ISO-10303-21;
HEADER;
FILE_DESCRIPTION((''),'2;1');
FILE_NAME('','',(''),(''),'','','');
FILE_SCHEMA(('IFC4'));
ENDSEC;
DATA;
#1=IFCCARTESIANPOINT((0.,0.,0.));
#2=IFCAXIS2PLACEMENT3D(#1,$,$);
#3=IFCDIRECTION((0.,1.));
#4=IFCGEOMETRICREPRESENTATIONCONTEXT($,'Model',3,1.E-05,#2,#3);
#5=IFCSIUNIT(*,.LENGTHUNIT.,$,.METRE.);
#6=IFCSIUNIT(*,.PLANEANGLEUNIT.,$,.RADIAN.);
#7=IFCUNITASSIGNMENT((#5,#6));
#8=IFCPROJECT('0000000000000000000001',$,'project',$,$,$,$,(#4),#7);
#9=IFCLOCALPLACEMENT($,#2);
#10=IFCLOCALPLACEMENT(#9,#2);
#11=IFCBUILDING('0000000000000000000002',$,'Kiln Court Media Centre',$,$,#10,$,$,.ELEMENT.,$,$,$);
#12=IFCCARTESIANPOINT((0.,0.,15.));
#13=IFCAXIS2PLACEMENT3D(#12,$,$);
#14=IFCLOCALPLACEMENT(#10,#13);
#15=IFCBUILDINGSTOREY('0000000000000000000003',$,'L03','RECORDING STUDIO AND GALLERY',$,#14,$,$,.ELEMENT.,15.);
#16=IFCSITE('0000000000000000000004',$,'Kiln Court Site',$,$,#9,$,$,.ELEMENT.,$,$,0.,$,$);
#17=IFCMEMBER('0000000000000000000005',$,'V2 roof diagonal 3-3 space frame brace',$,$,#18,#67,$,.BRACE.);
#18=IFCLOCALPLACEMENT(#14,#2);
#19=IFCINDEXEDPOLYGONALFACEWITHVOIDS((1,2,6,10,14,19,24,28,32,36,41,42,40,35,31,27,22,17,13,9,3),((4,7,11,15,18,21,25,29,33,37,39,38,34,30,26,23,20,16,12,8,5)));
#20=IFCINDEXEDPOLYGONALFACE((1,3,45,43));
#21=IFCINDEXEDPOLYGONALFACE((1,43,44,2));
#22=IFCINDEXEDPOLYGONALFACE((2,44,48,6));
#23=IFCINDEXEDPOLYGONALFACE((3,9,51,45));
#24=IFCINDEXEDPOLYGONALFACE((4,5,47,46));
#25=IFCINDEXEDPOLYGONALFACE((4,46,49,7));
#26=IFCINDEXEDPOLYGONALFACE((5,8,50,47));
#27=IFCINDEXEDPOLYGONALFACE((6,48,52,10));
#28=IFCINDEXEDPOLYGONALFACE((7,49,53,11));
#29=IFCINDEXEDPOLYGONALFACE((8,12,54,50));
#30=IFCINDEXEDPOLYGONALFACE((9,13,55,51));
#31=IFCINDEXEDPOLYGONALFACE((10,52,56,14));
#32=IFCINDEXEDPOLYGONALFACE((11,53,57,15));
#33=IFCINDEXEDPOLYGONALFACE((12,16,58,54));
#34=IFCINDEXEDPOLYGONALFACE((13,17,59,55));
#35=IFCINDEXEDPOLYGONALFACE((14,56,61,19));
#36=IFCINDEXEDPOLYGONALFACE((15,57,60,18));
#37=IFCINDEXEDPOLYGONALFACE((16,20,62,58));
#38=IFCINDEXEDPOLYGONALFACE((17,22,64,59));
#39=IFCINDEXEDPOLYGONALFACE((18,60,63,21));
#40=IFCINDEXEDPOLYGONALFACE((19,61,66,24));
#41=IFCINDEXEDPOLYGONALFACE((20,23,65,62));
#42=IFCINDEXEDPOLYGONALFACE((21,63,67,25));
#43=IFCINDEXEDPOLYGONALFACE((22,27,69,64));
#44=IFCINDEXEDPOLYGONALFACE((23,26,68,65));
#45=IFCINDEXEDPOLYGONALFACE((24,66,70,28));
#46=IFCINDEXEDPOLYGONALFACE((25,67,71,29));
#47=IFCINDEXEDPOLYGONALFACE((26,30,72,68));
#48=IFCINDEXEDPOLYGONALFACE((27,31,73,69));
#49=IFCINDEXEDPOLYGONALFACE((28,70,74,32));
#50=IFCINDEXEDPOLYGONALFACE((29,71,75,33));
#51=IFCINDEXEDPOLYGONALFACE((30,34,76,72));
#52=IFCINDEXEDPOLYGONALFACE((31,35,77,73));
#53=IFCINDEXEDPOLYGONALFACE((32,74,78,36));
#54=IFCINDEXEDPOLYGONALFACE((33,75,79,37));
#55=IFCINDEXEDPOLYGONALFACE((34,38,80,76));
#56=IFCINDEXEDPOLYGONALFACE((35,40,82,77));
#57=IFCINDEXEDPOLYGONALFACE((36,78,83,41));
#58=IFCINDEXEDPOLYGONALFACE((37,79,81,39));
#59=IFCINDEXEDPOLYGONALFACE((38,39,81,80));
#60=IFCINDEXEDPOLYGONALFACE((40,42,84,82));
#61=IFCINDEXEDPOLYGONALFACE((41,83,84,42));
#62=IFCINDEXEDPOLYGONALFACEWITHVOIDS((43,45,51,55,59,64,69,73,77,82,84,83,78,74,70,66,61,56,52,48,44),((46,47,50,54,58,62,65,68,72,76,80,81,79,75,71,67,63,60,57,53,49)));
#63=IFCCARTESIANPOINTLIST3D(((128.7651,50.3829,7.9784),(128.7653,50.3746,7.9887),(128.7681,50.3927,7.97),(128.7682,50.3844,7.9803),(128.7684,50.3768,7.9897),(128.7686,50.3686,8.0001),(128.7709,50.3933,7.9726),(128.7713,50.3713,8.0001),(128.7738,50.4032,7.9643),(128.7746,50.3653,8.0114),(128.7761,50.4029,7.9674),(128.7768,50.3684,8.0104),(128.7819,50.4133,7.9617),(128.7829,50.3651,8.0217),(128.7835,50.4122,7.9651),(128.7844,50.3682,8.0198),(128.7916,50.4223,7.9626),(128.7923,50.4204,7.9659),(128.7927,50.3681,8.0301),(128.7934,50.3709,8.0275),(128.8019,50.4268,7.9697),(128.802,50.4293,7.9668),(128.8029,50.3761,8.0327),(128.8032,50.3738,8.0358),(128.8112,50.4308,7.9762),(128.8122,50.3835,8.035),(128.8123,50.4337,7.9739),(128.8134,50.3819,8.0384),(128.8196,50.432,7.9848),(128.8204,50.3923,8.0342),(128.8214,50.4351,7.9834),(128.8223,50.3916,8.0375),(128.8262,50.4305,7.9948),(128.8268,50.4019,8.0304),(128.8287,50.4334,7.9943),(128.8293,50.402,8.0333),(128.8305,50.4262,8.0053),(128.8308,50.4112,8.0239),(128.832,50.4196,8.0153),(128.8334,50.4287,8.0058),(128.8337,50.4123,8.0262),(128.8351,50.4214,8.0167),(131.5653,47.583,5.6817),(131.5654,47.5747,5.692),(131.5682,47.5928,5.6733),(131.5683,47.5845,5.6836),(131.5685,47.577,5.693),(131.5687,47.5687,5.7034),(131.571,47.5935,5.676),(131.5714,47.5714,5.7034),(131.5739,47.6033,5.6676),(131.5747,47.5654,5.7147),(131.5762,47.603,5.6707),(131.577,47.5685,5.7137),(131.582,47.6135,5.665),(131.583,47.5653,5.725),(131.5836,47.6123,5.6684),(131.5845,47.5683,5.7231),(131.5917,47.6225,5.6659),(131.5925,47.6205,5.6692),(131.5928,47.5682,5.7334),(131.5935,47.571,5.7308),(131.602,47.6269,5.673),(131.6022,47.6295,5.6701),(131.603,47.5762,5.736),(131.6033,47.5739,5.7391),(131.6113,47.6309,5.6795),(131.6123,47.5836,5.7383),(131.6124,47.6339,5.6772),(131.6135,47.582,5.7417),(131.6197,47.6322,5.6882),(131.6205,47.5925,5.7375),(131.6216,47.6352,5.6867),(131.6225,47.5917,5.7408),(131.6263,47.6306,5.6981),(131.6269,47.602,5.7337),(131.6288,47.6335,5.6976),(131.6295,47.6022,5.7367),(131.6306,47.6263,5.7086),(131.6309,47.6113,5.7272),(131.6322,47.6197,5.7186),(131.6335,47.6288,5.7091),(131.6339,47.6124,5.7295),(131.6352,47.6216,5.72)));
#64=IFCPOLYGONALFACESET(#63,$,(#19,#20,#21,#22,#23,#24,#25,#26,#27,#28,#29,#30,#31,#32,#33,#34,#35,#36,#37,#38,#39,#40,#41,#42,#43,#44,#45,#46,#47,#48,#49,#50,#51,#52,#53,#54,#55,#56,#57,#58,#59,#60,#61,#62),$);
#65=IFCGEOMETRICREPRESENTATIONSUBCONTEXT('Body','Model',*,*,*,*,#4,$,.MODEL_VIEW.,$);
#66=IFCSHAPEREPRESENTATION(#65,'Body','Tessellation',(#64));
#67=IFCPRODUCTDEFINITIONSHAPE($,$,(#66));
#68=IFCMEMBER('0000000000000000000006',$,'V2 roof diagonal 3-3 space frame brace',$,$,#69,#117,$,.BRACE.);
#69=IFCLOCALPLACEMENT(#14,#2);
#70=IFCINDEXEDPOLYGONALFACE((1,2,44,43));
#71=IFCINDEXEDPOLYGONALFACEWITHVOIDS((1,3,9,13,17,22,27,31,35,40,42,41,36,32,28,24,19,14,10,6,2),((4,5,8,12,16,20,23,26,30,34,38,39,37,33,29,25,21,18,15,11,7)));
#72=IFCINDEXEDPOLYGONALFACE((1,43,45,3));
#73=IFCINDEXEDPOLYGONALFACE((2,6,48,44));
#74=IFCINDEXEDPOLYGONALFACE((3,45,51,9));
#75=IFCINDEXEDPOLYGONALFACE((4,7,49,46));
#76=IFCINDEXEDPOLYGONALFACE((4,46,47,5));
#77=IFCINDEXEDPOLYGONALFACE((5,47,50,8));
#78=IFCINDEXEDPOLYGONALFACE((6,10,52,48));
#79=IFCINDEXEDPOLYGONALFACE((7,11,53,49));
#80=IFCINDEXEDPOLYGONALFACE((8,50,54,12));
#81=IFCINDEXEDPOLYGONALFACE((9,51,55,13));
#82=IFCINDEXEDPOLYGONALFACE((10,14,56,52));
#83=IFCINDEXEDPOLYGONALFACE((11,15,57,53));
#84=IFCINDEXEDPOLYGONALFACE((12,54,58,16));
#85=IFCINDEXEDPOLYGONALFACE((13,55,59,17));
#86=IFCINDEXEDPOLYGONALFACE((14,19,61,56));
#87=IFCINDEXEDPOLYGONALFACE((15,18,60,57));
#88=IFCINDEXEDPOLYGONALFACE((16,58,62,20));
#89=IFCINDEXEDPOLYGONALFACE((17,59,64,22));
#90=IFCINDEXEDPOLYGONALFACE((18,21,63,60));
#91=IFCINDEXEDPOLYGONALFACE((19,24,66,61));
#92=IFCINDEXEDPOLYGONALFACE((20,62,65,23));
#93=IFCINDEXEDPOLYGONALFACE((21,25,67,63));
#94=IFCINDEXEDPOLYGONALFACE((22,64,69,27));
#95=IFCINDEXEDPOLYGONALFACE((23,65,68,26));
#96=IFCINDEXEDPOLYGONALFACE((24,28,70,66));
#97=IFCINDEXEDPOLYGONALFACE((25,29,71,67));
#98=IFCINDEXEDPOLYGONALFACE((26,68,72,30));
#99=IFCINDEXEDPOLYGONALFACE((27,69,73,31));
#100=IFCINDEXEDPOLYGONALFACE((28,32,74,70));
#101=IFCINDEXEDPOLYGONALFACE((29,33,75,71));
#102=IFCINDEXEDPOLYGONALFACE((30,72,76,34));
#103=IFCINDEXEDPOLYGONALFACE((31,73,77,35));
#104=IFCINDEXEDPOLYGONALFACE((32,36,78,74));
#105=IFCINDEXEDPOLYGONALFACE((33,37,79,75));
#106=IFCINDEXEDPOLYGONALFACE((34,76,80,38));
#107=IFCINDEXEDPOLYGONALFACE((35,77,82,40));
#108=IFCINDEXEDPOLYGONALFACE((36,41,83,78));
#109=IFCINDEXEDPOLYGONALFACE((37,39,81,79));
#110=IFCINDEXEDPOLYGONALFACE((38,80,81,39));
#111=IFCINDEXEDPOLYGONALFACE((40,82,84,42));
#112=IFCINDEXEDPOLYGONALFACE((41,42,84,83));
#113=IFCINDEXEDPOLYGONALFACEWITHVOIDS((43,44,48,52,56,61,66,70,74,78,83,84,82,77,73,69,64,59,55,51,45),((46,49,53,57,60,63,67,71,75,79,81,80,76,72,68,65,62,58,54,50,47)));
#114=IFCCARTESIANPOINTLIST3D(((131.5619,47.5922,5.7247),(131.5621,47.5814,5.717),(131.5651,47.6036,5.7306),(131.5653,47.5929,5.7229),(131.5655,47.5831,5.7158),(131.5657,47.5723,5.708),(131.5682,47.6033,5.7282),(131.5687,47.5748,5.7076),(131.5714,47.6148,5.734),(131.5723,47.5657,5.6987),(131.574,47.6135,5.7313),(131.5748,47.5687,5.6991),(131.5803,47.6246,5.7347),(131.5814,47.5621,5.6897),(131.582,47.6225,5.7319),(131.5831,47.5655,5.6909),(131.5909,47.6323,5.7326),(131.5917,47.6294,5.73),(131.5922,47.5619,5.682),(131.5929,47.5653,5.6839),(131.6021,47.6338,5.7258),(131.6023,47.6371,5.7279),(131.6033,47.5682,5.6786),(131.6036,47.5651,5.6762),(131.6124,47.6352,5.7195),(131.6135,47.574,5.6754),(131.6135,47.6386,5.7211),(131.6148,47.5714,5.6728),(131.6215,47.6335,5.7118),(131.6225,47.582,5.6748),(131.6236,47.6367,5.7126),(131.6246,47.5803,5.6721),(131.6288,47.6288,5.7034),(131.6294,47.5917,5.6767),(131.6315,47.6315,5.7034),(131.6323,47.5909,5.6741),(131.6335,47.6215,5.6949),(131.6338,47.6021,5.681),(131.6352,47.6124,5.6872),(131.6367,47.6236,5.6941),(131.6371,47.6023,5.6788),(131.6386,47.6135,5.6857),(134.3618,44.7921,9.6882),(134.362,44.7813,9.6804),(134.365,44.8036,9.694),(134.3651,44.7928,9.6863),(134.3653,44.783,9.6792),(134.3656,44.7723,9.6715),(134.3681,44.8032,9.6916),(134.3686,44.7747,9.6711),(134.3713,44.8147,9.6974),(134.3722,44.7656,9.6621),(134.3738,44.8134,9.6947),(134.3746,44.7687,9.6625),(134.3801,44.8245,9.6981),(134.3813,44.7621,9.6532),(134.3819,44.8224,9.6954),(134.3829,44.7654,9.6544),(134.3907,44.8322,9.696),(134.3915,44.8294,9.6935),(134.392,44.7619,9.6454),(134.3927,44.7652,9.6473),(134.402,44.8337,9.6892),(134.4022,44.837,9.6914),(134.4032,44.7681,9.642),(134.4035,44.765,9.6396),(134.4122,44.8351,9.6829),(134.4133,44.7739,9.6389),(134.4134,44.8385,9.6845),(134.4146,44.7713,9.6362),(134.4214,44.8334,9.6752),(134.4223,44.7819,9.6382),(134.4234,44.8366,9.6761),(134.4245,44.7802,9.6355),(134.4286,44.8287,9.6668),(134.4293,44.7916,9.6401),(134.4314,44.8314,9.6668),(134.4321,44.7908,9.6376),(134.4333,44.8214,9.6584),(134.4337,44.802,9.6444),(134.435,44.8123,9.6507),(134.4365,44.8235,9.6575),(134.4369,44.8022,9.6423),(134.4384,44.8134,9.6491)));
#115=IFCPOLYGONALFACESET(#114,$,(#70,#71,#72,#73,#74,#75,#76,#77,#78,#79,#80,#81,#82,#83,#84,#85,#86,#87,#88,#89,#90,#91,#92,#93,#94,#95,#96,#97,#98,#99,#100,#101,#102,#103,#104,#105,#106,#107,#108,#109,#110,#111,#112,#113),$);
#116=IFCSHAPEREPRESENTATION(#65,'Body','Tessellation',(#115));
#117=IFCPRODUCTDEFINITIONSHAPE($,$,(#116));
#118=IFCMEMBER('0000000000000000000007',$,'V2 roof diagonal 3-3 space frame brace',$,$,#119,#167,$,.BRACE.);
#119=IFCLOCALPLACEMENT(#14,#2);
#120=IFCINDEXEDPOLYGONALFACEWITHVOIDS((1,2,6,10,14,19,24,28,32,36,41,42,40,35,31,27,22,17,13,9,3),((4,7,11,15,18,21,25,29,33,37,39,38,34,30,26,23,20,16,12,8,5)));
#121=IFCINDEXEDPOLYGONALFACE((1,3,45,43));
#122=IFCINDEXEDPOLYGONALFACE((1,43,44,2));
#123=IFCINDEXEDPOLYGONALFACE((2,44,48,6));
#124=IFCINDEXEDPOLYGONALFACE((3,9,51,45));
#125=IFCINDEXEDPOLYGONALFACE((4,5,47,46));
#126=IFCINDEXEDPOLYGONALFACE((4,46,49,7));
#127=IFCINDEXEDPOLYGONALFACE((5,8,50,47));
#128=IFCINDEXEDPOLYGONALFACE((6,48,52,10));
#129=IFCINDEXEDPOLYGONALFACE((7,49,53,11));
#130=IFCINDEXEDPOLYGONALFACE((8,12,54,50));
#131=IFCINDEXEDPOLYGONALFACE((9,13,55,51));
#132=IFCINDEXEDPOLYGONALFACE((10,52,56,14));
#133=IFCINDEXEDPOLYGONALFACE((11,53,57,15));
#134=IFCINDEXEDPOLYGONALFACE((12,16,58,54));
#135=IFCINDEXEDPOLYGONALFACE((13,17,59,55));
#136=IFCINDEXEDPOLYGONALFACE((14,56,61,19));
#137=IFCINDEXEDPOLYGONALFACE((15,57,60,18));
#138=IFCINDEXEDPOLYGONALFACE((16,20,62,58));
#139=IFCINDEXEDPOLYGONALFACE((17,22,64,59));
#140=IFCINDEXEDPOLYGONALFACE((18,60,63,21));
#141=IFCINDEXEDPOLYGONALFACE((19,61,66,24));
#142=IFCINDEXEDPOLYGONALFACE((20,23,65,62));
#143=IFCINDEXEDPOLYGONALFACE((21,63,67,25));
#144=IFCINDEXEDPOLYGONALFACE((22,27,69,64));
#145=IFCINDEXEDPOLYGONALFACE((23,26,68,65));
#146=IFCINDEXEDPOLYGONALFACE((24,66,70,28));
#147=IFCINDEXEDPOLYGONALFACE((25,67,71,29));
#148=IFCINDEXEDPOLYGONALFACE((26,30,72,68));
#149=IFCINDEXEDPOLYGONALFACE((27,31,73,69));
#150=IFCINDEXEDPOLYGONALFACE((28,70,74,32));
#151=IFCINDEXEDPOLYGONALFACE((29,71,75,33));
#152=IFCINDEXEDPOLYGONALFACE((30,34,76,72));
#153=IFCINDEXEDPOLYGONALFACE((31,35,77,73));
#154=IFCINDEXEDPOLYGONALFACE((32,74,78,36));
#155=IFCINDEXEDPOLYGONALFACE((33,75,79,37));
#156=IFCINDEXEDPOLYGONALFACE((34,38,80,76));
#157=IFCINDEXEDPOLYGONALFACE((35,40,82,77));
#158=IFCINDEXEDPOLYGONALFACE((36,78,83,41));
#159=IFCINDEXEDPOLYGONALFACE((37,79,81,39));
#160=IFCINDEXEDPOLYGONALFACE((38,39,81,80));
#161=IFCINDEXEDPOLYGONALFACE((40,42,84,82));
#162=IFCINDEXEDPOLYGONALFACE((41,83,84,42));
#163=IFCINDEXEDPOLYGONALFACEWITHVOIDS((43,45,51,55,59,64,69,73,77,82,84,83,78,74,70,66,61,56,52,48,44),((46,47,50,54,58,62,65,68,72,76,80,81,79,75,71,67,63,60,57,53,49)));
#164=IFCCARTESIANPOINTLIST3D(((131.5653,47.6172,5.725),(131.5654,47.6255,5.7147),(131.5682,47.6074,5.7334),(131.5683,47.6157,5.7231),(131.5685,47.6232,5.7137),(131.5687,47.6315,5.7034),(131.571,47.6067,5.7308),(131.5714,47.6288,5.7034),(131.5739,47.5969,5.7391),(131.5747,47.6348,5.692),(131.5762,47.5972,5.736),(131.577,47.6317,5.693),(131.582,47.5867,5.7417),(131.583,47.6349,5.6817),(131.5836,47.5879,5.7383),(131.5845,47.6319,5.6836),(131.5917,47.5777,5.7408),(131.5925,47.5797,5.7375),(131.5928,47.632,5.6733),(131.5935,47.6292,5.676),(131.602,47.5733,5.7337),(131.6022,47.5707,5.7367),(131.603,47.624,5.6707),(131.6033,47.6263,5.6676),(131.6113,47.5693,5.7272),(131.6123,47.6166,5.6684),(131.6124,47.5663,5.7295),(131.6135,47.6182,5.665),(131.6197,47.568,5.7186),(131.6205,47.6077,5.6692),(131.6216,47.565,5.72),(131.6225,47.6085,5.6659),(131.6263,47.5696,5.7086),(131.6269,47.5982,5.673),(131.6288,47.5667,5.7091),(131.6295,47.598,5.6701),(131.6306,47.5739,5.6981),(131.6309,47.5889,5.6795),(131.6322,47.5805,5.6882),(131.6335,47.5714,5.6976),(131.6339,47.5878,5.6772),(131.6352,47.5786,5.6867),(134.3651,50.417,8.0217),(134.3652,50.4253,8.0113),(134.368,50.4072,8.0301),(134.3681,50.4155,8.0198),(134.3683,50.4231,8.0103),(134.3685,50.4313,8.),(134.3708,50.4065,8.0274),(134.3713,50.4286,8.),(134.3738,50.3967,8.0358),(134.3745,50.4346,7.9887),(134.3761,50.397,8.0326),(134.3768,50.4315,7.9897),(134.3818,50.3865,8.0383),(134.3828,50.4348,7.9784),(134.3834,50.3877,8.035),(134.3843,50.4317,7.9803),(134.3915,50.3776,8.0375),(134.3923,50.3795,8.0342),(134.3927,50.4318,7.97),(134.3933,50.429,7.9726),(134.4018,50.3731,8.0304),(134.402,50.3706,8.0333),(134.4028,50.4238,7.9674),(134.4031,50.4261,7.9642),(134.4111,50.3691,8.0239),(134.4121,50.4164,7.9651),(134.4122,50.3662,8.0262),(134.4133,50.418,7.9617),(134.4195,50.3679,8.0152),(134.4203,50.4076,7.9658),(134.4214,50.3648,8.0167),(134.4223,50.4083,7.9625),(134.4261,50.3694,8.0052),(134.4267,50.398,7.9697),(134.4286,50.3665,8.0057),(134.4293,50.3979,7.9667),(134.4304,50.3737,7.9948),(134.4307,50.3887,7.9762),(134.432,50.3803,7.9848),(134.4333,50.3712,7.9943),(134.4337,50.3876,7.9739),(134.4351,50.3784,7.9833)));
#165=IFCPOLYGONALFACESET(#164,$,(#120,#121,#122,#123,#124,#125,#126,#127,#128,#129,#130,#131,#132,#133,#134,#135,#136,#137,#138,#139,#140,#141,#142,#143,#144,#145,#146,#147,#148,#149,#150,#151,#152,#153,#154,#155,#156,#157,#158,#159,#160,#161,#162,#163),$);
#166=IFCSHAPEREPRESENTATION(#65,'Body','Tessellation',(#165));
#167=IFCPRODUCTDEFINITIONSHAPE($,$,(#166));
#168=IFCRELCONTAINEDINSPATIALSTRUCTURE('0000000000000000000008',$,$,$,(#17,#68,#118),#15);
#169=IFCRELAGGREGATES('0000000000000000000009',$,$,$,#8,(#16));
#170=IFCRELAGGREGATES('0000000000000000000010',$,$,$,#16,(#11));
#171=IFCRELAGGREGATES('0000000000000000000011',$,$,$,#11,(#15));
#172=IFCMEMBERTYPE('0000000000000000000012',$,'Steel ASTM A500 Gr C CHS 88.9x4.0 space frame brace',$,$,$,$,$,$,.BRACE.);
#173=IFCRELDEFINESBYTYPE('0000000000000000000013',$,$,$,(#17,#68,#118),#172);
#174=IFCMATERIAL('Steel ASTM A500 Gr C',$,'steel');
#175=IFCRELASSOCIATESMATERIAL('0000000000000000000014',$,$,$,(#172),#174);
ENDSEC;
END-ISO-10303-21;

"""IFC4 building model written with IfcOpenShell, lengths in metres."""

from ifc_helpers import new_model, si_unit, direction, frame, origin, origin_2d, place, context, subcontext, project, spatial, hollow_circle, extrude, material, material_profile, profile_set, type_object, element, save


model = new_model("IFC4")

# Units and contexts
model_context = context("Model", 3, precision=1e-05, world=origin(), true_north=direction((0.0, 1.0)))
body_context = subcontext(model_context, "Body", "Model", "MODEL_VIEW")
ifc_project = project(units=[si_unit("LENGTHUNIT", "METRE"), si_unit("PLANEANGLEUNIT", "RADIAN")], contexts=[model_context])

# Site, building, storey
site_placement = place(None, origin())
site = spatial("IfcSite", under=ifc_project, at=site_placement, Name="Kiln Court Site", CompositionType="ELEMENT", RefElevation=0.0)
building_placement = place(site_placement, origin())
building = spatial("IfcBuilding", under=site, at=building_placement, Name="Kiln Court Media Centre", CompositionType="ELEMENT")
storey_placement = place(building_placement, frame((0.0, 0.0, 15.0)))
storey = spatial("IfcBuildingStorey", under=building, at=storey_placement, Name="L03", Description="RECORDING STUDIO AND GALLERY", CompositionType="ELEMENT", Elevation=15.0)

# Members
ifc_material_1 = material(Name="Steel ASTM A500 Gr C", Category="steel")
ifc_material_profile_1 = material_profile(ifc_material_1, hollow_circle(Radius=0.0444, WallThickness=0.0039, at=origin_2d()), Name="CHS 88.9x4.0")
ifc_profile_set_1 = profile_set([ifc_material_profile_1], Name="Steel ASTM A500 Gr C")
member_type_1 = type_object("IfcMemberType", Name="Steel ASTM A500 Gr C CHS 88.9x4.0 space frame brace", PredefinedType="BRACE", material=ifc_profile_set_1)
member_1_placement = place(storey_placement, frame((131.6001, 47.6001, 5.7034), z_axis=(-0.611696, 0.611642, 0.501719), x_axis=(-0.707076, -0.707138, 0.0)))
element("IfcMember", 1, at=member_1_placement, inside=storey, type_object=member_type_1, Name="V2 roof diagonal 3-3 space frame brace", PredefinedType="BRACE", context=body_context, shape_type="SweptSolid", body=[
    extrude(hollow_circle(Radius=0.0444, WallThickness=0.0039, at=origin_2d()), origin(), (0.0, 0.0, 1.0), 4.5776),
])
member_2_placement = place(storey_placement, frame((131.6001, 47.6001, 5.7034), z_axis=(0.499746, -0.499789, 0.707436), x_axis=(0.707138, 0.707076, 0.0)))
element("IfcMember", 2, at=member_2_placement, inside=storey, type_object=member_type_1, Name="V2 roof diagonal 3-3 space frame brace", PredefinedType="BRACE", context=body_context, shape_type="SweptSolid", body=[
    extrude(hollow_circle(Radius=0.0444, WallThickness=0.0039, at=origin_2d()), origin(), (0.0, 0.0, 1.0), 5.6025),
])
member_3_placement = place(storey_placement, frame((131.6001, 47.6001, 5.7034), z_axis=(0.611662, 0.611662, 0.501736), x_axis=(-0.707107, 0.707107, 0.0)))
element("IfcMember", 3, at=member_3_placement, inside=storey, type_object=member_type_1, Name="V2 roof diagonal 3-3 space frame brace", PredefinedType="BRACE", context=body_context, shape_type="SweptSolid", body=[
    extrude(hollow_circle(Radius=0.0444, WallThickness=0.0039, at=origin_2d()), origin(), (0.0, 0.0, 1.0), 4.5774),
])

save(model, "model.ifc")
